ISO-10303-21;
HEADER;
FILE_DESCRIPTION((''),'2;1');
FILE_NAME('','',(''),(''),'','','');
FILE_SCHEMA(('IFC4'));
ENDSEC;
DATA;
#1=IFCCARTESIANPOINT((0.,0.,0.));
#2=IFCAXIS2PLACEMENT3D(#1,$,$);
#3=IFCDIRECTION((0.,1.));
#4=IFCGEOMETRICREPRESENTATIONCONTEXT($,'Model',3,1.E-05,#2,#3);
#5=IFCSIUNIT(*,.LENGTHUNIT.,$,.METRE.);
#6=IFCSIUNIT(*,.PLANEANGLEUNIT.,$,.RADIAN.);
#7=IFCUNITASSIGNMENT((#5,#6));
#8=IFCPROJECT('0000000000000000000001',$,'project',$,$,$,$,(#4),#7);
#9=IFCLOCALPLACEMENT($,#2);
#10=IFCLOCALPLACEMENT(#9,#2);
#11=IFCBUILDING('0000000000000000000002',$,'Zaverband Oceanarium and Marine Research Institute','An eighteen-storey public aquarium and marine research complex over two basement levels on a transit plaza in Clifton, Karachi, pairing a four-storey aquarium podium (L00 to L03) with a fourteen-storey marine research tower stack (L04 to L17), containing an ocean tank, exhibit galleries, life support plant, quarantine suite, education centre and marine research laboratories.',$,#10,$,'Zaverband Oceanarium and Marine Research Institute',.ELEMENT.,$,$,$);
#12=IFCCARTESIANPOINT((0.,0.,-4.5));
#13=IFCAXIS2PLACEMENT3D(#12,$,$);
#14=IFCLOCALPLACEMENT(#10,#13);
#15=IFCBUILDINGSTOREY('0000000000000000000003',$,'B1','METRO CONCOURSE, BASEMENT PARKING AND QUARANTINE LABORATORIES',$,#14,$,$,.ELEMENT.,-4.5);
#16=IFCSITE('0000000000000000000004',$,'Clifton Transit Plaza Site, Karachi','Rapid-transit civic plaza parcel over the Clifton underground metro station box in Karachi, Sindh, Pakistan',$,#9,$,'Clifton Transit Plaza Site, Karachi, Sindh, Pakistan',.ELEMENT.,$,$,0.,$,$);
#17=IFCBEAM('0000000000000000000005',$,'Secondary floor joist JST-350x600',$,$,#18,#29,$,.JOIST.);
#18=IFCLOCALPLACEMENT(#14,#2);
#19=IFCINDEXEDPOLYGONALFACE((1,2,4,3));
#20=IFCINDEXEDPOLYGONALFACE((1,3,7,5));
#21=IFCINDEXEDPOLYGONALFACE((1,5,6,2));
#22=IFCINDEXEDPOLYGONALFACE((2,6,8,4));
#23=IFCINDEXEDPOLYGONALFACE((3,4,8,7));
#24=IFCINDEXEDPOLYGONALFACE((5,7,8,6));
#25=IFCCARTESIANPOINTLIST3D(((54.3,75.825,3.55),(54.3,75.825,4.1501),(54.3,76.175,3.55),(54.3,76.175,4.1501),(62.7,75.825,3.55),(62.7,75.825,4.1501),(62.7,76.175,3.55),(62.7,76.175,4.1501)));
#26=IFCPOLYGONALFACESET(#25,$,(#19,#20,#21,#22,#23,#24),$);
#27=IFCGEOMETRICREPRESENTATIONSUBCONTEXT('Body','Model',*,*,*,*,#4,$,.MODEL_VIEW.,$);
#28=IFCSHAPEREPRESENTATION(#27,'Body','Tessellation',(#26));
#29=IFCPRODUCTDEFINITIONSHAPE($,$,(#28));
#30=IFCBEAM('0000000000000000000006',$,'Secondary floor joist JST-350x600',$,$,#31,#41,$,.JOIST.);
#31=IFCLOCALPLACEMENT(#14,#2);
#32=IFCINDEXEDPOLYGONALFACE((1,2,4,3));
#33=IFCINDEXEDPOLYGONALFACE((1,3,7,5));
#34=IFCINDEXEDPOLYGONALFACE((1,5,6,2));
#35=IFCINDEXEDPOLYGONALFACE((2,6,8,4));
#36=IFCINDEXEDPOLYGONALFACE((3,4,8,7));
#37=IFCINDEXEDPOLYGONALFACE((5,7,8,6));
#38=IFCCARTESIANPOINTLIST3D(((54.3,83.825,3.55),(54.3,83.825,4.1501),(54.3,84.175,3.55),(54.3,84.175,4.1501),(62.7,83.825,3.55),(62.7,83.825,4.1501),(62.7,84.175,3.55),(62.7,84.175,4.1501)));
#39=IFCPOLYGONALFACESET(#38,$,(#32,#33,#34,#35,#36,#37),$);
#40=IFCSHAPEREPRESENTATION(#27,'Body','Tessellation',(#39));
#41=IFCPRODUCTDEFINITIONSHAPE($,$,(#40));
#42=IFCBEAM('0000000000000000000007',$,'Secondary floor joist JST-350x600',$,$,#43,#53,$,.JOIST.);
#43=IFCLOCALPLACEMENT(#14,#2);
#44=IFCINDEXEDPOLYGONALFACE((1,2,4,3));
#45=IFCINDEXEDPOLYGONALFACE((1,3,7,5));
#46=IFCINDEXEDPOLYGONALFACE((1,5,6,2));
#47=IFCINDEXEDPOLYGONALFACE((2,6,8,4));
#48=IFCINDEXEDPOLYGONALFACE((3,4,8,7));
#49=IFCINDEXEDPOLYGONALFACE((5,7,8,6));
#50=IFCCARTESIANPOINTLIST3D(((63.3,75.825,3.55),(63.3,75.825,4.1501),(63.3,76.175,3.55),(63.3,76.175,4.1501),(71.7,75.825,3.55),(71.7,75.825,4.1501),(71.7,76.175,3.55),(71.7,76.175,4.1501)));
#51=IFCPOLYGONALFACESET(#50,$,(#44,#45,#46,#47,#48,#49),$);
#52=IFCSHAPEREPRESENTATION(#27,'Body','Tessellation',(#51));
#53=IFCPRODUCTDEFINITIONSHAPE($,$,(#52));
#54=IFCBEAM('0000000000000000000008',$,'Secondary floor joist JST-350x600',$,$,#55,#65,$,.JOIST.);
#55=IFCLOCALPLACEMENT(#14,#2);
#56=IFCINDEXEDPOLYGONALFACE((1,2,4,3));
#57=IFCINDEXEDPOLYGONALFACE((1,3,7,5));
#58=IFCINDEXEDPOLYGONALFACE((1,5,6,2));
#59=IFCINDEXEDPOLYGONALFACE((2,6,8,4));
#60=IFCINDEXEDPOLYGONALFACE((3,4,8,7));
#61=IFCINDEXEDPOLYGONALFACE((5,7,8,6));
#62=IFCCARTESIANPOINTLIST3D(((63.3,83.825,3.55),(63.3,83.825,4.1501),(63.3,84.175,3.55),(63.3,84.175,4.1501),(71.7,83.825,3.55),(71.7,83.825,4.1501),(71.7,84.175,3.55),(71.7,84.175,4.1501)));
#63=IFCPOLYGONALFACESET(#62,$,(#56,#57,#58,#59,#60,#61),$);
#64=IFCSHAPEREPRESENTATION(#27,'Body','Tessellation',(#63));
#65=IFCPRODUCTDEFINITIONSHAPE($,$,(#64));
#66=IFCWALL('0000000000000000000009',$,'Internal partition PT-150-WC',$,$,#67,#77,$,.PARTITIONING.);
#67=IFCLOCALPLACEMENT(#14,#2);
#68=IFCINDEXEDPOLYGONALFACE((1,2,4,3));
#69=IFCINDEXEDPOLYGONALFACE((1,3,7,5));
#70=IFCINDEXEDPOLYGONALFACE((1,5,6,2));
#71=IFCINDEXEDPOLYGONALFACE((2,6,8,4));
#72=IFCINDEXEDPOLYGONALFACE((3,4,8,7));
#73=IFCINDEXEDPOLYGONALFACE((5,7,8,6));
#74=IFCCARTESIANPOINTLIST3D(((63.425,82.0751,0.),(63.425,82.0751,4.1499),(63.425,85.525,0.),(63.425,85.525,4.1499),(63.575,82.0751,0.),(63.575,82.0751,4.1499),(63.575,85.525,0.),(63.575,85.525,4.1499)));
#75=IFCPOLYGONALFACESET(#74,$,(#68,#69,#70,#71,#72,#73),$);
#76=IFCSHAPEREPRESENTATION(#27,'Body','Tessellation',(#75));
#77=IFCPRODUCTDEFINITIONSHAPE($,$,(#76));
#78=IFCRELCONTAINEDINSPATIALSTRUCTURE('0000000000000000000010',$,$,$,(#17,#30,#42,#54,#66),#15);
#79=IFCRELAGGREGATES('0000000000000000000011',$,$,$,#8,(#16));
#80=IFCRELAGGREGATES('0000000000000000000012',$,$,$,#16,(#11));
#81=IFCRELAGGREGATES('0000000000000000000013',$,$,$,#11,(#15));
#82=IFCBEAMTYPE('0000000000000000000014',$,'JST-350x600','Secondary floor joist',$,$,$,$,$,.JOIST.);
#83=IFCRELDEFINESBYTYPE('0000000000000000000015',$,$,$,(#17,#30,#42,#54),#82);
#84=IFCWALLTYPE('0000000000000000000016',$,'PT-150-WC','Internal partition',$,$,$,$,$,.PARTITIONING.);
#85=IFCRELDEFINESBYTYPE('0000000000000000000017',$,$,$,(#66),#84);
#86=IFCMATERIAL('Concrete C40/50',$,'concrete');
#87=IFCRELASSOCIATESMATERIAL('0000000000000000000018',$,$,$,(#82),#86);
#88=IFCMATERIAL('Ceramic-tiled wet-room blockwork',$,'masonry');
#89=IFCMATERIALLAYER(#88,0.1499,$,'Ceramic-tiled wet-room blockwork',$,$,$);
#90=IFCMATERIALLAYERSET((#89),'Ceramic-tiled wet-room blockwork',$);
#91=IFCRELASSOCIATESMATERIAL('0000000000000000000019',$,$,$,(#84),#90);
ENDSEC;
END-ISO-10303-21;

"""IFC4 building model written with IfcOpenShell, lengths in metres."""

from ifc_helpers import new_model, si_unit, direction, frame, frame_2d, origin, origin_2d, place, context, subcontext, project, spatial, rectangle, extrude, material, layer, layer_set, material_profile, profile_set, type_object, element, save


model = new_model("IFC4")

# Units and contexts
model_context = context("Model", 3, precision=1e-05, world=origin(), true_north=direction((0.0, 1.0)))
body_context = subcontext(model_context, "Body", "Model", "MODEL_VIEW")
ifc_project = project(units=[si_unit("LENGTHUNIT", "METRE"), si_unit("PLANEANGLEUNIT", "RADIAN")], contexts=[model_context])

# Site, building, storey
site_placement = place(None, origin())
site = spatial("IfcSite", under=ifc_project, at=site_placement, Name="Clifton Transit Plaza Site, Karachi", Description="Rapid-transit civic plaza parcel over the Clifton underground metro station box in Karachi, Sindh, Pakistan", LongName="Clifton Transit Plaza Site, Karachi, Sindh, Pakistan", CompositionType="ELEMENT", RefElevation=0.0)
building_placement = place(site_placement, origin())
building = spatial("IfcBuilding", under=site, at=building_placement, Name="Zaverband Oceanarium and Marine Research Institute", Description="An eighteen-storey public aquarium and marine research complex over two basement levels on a transit plaza in Clifton, Karachi, pairing a four-storey aquarium podium (L00 to L03) with a fourteen-storey marine research tower stack (L04 to L17), containing an ocean tank, exhibit galleries, life support plant, quarantine suite, education centre and marine research laboratories.", LongName="Zaverband Oceanarium and Marine Research Institute", CompositionType="ELEMENT")
storey_placement = place(building_placement, frame((0.0, 0.0, -4.5)))
storey = spatial("IfcBuildingStorey", under=building, at=storey_placement, Name="B1", Description="METRO CONCOURSE, BASEMENT PARKING AND QUARANTINE LABORATORIES", CompositionType="ELEMENT", Elevation=-4.5)

# Beams
ifc_material_1 = material(Name="Concrete C40/50", Category="concrete")
ifc_material_profile_1 = material_profile(ifc_material_1, rectangle(XDim=0.3501, YDim=0.6001, at=origin_2d()), Name="RC350x600")
ifc_profile_set_1 = profile_set([ifc_material_profile_1], Name="Concrete C40/50")
beam_type_1 = type_object("IfcBeamType", Name="JST-350x600", Description="Secondary floor joist", PredefinedType="JOIST", material=ifc_profile_set_1)
for number, where, z_axis, x_axis, name in (
    (1, (54.3, 76.0, 3.8501), (1.0, 0.0, 0.0), (0.0, 1.0, 0.0), "Secondary floor joist JST-350x600"),
    (2, (54.3, 84.0, 3.8501), (1.0, 0.0, 0.0), (0.0, 1.0, 0.0), "Secondary floor joist JST-350x600"),
    (3, (63.3, 76.0, 3.8501), (1.0, 0.0, 0.0), (0.0, 1.0, 0.0), "Secondary floor joist JST-350x600"),
    (4, (63.3, 84.0, 3.8501), (1.0, 0.0, 0.0), (0.0, 1.0, 0.0), "Secondary floor joist JST-350x600"),
):
    element("IfcBeam", number, at=place(storey_placement, frame(where, z_axis=z_axis, x_axis=x_axis)), inside=storey, type_object=beam_type_1, Name=name, PredefinedType="JOIST", context=body_context, shape_type="SweptSolid", body=[
        extrude(rectangle(XDim=0.3501, YDim=0.6001, at=origin_2d()), origin(), (0.0, 0.0, 1.0), 8.3999),
    ])

# Wall
ifc_material_2 = material(Name="Ceramic-tiled wet-room blockwork", Category="masonry")
ifc_layer = layer(ifc_material_2, 0.1499, Name="Ceramic-tiled wet-room blockwork")
ifc_layer_set = layer_set([ifc_layer], Name="Ceramic-tiled wet-room blockwork")
wall_type = type_object("IfcWallType", Name="PT-150-WC", Description="Internal partition", PredefinedType="PARTITIONING", material=ifc_layer_set)
wall_placement = place(storey_placement, frame((63.5, 82.075, 0.0), z_axis=(0.0, 0.0, 1.0), x_axis=(0.0, 1.0, 0.0)))
element("IfcWall", 5, at=wall_placement, inside=storey, type_object=wall_type, Name="Internal partition PT-150-WC", PredefinedType="PARTITIONING", context=body_context, shape_type="SweptSolid", body=[
    extrude(rectangle(XDim=3.45, YDim=0.1499, at=frame_2d((1.7251, 0.0))), origin(), (0.0, 0.0, 1.0), 4.1499),
])

save(model, "model.ifc")
